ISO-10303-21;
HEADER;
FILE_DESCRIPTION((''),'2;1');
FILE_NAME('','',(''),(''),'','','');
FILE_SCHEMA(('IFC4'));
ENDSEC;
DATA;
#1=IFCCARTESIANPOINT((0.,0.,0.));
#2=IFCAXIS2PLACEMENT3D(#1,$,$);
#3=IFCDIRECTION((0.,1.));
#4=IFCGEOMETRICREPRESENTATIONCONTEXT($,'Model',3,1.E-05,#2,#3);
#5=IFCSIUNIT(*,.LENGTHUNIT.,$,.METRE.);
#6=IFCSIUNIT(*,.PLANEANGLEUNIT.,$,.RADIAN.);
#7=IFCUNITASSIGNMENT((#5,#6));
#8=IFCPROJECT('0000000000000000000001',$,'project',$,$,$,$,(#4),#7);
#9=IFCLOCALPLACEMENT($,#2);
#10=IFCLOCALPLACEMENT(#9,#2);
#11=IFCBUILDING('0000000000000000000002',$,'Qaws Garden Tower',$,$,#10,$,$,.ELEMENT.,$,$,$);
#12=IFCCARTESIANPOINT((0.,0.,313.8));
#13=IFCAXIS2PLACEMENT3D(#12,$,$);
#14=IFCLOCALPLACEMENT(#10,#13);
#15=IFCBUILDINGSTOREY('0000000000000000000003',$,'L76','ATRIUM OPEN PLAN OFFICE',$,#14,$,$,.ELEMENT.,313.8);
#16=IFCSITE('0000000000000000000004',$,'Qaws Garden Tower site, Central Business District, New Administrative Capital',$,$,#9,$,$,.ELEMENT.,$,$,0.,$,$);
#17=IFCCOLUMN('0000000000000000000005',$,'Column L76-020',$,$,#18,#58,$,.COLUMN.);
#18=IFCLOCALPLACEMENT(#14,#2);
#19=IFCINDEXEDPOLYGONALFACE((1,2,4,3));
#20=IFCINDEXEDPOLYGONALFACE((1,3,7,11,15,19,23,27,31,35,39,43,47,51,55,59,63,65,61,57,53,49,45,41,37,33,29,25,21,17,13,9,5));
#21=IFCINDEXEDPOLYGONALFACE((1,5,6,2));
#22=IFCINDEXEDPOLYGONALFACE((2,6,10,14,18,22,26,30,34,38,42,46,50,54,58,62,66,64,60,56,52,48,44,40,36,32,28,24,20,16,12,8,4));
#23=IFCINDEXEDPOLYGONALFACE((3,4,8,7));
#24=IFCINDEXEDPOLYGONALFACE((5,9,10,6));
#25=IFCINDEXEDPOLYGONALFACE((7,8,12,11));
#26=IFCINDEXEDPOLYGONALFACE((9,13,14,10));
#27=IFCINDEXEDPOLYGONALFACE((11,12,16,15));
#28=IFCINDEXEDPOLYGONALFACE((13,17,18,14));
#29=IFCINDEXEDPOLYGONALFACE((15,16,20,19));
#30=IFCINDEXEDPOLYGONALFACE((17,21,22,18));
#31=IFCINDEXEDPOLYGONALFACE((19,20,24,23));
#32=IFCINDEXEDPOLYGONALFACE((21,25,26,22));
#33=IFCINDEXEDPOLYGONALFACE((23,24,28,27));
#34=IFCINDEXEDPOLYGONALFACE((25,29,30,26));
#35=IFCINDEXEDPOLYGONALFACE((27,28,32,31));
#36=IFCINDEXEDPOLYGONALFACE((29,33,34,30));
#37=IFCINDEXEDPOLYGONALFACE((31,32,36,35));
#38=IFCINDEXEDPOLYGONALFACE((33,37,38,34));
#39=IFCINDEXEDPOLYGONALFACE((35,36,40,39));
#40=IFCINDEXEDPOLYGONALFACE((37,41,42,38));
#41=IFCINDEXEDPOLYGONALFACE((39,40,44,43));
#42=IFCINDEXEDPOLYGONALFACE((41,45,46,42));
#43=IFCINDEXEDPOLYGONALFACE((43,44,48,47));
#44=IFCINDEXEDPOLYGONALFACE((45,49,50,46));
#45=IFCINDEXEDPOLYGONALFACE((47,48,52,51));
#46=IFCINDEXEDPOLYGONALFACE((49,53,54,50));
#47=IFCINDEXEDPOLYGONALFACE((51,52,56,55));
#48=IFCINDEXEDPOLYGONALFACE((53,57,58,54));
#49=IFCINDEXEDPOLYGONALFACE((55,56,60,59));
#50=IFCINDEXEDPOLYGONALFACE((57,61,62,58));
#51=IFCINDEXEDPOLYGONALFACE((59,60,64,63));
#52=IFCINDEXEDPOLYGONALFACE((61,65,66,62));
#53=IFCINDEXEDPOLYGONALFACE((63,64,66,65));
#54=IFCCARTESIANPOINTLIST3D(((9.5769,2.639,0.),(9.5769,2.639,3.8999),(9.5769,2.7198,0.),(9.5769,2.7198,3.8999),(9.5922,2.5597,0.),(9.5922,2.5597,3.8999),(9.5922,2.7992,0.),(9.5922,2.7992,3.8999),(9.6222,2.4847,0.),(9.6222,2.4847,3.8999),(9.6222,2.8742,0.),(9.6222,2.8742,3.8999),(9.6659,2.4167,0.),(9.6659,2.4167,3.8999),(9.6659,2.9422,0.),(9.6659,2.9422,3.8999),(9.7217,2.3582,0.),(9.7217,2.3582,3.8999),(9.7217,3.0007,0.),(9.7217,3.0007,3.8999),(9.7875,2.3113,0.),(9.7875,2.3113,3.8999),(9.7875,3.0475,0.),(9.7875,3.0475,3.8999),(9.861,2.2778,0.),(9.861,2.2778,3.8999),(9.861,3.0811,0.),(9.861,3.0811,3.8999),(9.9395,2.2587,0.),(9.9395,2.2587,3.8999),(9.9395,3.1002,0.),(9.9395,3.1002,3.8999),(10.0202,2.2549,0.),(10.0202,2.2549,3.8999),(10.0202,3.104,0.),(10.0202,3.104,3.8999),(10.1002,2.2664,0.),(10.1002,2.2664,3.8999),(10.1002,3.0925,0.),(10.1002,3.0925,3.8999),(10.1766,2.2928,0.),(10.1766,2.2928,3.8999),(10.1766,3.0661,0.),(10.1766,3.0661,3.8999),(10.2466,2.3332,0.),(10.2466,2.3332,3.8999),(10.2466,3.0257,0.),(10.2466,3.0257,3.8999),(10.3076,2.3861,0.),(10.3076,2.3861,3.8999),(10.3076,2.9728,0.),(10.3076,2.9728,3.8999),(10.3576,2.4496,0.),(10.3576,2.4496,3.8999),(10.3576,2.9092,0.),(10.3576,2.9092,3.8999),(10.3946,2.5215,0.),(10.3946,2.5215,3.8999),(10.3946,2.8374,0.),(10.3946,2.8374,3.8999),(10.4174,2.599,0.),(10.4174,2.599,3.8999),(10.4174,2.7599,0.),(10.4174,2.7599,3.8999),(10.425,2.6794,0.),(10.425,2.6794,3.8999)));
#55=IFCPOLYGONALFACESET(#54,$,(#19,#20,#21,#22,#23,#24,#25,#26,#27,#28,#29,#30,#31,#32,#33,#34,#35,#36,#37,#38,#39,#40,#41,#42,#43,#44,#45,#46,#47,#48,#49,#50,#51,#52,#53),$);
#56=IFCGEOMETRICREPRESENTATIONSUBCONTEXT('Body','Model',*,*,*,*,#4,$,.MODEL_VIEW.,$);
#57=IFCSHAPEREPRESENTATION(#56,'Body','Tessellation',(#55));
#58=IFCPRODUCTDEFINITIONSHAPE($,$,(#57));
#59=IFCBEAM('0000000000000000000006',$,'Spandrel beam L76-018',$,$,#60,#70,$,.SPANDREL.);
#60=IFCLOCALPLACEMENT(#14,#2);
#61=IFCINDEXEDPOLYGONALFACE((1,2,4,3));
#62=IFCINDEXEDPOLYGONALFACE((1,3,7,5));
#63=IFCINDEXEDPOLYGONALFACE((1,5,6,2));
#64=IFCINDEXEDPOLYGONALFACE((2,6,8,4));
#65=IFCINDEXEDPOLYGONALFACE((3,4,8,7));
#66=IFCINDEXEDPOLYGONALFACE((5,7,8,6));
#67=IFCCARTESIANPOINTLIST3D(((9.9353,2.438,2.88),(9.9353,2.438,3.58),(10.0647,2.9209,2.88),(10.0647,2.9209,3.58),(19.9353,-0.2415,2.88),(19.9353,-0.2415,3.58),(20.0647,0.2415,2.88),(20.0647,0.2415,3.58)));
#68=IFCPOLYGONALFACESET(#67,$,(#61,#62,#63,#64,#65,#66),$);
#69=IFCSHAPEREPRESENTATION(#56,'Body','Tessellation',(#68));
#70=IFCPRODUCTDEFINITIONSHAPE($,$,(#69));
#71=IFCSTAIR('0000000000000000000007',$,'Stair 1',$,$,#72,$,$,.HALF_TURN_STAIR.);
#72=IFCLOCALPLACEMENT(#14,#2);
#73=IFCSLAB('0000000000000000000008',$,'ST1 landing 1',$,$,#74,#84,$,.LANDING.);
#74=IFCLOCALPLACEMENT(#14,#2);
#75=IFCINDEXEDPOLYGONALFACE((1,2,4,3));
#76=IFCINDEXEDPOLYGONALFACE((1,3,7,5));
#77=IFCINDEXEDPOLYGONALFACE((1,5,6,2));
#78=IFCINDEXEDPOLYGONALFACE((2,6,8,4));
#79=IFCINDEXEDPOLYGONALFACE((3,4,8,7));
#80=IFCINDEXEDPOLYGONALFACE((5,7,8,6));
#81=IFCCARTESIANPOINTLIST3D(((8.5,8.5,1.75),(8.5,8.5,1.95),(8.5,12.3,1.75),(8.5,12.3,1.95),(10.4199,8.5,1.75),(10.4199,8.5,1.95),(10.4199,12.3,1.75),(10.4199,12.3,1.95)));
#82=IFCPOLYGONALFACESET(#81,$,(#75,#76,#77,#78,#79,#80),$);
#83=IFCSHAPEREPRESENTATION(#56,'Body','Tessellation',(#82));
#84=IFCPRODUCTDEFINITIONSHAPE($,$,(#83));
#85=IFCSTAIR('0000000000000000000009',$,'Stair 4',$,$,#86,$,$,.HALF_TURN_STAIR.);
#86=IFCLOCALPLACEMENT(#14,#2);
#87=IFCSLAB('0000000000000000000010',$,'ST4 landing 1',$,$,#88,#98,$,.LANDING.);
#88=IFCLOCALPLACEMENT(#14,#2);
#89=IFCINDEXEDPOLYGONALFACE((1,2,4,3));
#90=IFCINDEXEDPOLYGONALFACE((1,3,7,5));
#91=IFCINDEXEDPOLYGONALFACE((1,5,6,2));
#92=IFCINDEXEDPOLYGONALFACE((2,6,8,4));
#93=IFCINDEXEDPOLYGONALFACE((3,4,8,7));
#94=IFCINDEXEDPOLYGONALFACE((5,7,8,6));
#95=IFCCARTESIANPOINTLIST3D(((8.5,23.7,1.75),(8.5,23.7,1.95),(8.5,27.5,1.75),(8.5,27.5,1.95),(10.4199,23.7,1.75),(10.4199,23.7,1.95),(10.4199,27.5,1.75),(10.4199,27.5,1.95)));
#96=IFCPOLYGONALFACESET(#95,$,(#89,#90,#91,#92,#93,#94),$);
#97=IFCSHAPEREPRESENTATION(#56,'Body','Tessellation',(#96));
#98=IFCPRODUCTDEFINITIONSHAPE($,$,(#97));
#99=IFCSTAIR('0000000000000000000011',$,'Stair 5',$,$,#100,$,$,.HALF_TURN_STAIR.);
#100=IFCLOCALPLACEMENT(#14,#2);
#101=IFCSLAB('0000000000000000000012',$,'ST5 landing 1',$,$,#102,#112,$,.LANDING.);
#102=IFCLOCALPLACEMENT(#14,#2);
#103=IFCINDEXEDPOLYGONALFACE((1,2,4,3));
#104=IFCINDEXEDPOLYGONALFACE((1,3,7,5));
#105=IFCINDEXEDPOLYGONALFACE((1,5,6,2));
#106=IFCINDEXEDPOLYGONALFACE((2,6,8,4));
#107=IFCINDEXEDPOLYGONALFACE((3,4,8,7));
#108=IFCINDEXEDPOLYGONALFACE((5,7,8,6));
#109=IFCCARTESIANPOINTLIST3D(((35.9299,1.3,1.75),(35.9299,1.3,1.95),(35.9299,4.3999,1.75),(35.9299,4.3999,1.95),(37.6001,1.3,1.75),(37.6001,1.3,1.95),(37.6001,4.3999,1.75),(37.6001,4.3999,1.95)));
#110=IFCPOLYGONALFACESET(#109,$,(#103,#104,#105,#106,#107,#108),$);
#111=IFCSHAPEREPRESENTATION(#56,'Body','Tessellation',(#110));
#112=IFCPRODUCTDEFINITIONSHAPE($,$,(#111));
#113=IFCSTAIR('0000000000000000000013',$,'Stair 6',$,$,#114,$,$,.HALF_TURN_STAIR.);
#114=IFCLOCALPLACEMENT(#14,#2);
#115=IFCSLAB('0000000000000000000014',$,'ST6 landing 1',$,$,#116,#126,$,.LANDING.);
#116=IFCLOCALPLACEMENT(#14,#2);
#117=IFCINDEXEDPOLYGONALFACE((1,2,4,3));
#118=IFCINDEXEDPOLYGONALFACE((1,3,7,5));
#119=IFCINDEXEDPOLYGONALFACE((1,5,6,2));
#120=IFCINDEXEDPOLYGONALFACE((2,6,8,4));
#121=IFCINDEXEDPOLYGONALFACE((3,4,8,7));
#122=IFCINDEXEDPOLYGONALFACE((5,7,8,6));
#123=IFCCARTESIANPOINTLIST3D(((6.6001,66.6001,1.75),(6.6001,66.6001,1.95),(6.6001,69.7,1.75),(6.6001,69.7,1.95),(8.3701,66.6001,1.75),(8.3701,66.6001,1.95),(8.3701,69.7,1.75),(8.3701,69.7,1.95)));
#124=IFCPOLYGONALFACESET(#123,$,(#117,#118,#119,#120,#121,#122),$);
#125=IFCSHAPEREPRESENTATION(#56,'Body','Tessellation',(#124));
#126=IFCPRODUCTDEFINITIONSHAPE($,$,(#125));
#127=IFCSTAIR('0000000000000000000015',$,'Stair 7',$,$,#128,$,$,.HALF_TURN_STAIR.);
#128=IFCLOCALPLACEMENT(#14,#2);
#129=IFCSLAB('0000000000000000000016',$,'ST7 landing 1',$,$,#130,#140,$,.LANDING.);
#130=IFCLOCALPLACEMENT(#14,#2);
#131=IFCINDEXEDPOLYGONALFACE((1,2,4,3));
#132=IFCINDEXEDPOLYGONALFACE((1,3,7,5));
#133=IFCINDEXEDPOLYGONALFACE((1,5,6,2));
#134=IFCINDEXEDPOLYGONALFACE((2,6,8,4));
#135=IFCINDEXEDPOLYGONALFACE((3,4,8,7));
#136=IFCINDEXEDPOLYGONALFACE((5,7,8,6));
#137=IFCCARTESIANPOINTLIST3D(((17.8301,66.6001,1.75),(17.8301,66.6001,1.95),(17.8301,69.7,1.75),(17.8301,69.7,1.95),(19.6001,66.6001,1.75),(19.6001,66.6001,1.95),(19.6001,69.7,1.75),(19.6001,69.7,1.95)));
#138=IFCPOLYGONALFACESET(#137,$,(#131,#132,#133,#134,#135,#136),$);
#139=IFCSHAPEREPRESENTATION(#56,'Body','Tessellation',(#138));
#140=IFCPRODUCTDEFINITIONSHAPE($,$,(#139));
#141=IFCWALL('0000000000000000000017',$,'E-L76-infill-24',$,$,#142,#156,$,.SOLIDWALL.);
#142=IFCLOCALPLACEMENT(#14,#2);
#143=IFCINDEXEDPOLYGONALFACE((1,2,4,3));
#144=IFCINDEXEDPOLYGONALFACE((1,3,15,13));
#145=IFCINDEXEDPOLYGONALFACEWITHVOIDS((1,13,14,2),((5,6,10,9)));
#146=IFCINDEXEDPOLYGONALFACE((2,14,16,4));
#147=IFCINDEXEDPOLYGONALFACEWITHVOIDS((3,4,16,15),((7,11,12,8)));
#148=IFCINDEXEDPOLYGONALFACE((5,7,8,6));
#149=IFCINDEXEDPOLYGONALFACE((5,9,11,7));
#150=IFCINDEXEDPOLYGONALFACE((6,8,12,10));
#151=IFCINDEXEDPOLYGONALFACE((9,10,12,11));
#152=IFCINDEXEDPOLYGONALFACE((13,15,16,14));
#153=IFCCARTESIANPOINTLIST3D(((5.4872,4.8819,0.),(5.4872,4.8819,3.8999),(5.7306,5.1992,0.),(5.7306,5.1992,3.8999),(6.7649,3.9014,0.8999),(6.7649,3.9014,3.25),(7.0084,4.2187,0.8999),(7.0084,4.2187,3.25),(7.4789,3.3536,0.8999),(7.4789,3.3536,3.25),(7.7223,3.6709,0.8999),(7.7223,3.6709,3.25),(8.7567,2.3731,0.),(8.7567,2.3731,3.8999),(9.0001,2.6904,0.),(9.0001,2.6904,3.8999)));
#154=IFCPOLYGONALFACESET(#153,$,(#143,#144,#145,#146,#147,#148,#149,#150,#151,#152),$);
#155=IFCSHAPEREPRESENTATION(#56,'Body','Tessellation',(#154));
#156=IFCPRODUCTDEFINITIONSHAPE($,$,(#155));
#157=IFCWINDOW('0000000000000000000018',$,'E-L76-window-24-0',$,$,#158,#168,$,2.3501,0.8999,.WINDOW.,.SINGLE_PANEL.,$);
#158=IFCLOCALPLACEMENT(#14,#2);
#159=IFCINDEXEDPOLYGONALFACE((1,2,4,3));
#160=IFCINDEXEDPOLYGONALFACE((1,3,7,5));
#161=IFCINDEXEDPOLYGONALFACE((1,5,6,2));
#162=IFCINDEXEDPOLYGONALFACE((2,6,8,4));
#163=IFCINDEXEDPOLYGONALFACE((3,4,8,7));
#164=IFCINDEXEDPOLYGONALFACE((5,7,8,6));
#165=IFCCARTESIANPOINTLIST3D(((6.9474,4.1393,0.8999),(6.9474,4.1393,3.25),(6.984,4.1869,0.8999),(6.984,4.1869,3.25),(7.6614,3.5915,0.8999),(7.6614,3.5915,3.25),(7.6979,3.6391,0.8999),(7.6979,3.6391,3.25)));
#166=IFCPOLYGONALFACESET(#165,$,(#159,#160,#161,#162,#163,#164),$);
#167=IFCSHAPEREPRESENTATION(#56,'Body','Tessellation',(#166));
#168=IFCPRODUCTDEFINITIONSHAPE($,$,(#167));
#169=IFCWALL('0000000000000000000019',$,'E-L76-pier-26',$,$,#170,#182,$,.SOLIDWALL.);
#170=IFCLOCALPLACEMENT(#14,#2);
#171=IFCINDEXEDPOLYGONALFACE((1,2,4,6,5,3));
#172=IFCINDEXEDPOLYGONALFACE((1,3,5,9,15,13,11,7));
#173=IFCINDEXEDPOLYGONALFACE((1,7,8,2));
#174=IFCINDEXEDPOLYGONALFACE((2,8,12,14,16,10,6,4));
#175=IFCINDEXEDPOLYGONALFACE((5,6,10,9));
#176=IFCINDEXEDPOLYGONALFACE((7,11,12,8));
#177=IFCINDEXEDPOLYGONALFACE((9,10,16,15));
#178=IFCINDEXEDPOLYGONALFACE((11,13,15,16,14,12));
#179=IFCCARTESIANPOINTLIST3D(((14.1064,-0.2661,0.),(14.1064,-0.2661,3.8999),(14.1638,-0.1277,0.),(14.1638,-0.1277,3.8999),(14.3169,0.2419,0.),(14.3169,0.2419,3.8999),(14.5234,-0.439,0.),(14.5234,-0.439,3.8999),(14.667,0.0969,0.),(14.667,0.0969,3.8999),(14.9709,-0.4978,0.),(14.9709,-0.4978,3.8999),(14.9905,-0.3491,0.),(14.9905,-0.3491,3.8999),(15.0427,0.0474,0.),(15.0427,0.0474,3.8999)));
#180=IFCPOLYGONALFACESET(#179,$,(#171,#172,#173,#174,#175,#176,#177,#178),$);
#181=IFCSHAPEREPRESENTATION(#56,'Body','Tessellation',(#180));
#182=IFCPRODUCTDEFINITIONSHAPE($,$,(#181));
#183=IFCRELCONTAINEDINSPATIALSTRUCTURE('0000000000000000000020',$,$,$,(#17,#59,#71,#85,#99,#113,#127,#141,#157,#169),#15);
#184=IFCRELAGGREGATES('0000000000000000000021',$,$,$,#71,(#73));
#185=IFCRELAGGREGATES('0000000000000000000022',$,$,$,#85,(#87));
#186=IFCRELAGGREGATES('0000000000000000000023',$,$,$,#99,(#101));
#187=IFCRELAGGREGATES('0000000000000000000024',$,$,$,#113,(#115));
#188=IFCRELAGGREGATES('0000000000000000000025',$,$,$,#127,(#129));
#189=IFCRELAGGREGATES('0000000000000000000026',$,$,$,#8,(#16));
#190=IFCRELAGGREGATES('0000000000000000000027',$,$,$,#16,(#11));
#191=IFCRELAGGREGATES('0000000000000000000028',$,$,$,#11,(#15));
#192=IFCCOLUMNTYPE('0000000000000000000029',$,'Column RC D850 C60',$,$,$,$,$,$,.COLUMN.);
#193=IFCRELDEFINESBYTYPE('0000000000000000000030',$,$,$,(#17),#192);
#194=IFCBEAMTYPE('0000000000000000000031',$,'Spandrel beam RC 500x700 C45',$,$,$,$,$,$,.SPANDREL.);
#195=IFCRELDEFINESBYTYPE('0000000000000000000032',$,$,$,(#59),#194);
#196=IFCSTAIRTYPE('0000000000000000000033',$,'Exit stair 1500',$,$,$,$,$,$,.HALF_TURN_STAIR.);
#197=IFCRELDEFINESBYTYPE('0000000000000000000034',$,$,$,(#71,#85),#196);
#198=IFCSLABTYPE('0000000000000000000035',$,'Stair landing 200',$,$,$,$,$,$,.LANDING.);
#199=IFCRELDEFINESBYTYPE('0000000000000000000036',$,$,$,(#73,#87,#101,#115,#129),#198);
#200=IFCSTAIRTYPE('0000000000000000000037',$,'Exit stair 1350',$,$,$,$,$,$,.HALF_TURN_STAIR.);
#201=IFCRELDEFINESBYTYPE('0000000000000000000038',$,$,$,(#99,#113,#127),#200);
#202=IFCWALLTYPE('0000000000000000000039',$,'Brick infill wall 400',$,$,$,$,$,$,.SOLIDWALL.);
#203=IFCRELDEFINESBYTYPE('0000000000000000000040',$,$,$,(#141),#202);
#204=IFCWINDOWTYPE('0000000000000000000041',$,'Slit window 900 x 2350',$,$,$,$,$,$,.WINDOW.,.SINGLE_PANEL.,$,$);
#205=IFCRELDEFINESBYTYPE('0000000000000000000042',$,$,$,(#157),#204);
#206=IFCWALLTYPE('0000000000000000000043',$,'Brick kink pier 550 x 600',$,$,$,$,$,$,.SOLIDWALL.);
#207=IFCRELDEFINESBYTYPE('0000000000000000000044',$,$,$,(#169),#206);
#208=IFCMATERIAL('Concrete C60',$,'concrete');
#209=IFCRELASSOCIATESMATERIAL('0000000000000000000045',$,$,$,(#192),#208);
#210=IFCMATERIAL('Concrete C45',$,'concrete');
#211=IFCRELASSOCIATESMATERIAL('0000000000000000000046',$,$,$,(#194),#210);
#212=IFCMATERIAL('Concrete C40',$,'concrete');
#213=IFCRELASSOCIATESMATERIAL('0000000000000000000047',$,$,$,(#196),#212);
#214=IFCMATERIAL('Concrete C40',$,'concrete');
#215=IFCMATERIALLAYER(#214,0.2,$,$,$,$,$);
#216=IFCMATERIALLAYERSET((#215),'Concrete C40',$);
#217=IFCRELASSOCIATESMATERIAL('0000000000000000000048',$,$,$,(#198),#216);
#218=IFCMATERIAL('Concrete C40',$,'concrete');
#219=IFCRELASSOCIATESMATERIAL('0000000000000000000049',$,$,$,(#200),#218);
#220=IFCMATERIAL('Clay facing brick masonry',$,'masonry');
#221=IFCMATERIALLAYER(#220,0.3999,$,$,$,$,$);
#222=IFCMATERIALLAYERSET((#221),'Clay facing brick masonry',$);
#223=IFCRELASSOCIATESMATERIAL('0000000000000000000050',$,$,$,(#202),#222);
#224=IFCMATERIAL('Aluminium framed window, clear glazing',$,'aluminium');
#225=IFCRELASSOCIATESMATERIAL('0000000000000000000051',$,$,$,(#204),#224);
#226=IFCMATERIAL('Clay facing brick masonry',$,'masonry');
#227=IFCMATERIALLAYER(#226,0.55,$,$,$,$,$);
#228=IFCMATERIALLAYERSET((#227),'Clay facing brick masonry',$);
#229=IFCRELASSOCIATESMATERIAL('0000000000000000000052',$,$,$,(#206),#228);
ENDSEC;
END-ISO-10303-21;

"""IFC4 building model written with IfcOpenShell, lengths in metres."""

from ifc_helpers import new_model, si_unit, direction, frame, frame_2d, origin, origin_2d, place, context, subcontext, project, spatial, polyline, rectangle, circle, outline, extrude, material, layer, layer_set, material_profile, profile_set, type_object, element, fill, aggregate, save


model = new_model("IFC4")

# Units and contexts
model_context = context("Model", 3, precision=1e-05, world=origin(), true_north=direction((0.0, 1.0)))
body_context = subcontext(model_context, "Body", "Model", "MODEL_VIEW")
ifc_project = project(units=[si_unit("LENGTHUNIT", "METRE"), si_unit("PLANEANGLEUNIT", "RADIAN")], contexts=[model_context])

# Site, building, storey
site_placement = place(None, origin())
site = spatial("IfcSite", under=ifc_project, at=site_placement, Name="Qaws Garden Tower site, Central Business District, New Administrative Capital", CompositionType="ELEMENT", RefElevation=0.0)
building_placement = place(site_placement, origin())
building = spatial("IfcBuilding", under=site, at=building_placement, Name="Qaws Garden Tower", CompositionType="ELEMENT")
storey_placement = place(building_placement, frame((0.0, 0.0, 313.8)))
storey = spatial("IfcBuildingStorey", under=building, at=storey_placement, Name="L76", Description="ATRIUM OPEN PLAN OFFICE", CompositionType="ELEMENT", Elevation=313.8)

# Column
ifc_material_1 = material(Name="Concrete C60", Category="concrete")
ifc_material_profile_1 = material_profile(ifc_material_1, circle(Radius=0.425, at=origin_2d()), Name="RC D850")
ifc_profile_set_1 = profile_set([ifc_material_profile_1], Name="Concrete C60")
column_type = type_object("IfcColumnType", Name="Column RC D850 C60", PredefinedType="COLUMN", material=ifc_profile_set_1)
column_placement = place(storey_placement, frame((10.0, 2.6794, 0.0), z_axis=(0.0, 0.0, 1.0), x_axis=(1.0, 0.0, 0.0)))
element("IfcColumn", 1, at=column_placement, inside=storey, type_object=column_type, Name="Column L76-020", PredefinedType="COLUMN", context=body_context, shape_type="SweptSolid", body=[
    extrude(circle(Radius=0.425, at=origin_2d()), origin(), (0.0, 0.0, 1.0), 3.8999),
])

# Beam
ifc_material_2 = material(Name="Concrete C45", Category="concrete")
ifc_material_profile_2 = material_profile(ifc_material_2, rectangle(XDim=0.5, YDim=0.7, at=origin_2d()), Name="RC 500x700")
ifc_profile_set_2 = profile_set([ifc_material_profile_2], Name="Concrete C45")
beam_type = type_object("IfcBeamType", Name="Spandrel beam RC 500x700 C45", PredefinedType="SPANDREL", material=ifc_profile_set_2)
beam_placement = place(storey_placement, frame((10.0, 2.6794, 3.23), z_axis=(0.965927, -0.258815, 0.0), x_axis=(0.258815, 0.965927, 0.0)))
element("IfcBeam", 2, at=beam_placement, inside=storey, type_object=beam_type, Name="Spandrel beam L76-018", PredefinedType="SPANDREL", context=body_context, shape_type="SweptSolid", body=[
    extrude(rectangle(XDim=0.5, YDim=0.7, at=origin_2d()), origin(), (0.0, 0.0, 1.0), 10.3528),
])

# Stairs, slabs
ifc_material_3 = material(Name="Concrete C40", Category="concrete")
stair_type_1 = type_object("IfcStairType", Name="Exit stair 1500", PredefinedType="HALF_TURN_STAIR", material=ifc_material_3)
placement_1 = place(storey_placement, origin())
stair_1 = element("IfcStair", 3, at=placement_1, inside=storey, type_object=stair_type_1, Name="Stair 1", PredefinedType="HALF_TURN_STAIR")
ifc_material_4 = material(Name="Concrete C40", Category="concrete")
ifc_layer_1 = layer(ifc_material_4, 0.2)
ifc_layer_set_1 = layer_set([ifc_layer_1], Name="Concrete C40")
slab_type = type_object("IfcSlabType", Name="Stair landing 200", PredefinedType="LANDING", material=ifc_layer_set_1)
placement_2 = place(storey_placement, frame((0.0, 0.0, 1.75)))
slab_1 = element("IfcSlab", 4, at=placement_2, type_object=slab_type, Name="ST1 landing 1", PredefinedType="LANDING", context=body_context, shape_type="SweptSolid", body=[
    extrude(outline(polyline([(8.5, 8.5), (10.4199, 8.5), (10.4199, 12.3), (8.5, 12.3), (8.5, 8.5)])), origin(), (0.0, 0.0, 1.0), 0.2),
])
aggregate(stair_1, [slab_1])
stair_2 = element("IfcStair", 5, at=placement_1, inside=storey, type_object=stair_type_1, Name="Stair 4", PredefinedType="HALF_TURN_STAIR")
slab_2 = element("IfcSlab", 6, at=placement_2, type_object=slab_type, Name="ST4 landing 1", PredefinedType="LANDING", context=body_context, shape_type="SweptSolid", body=[
    extrude(outline(polyline([(8.5, 23.7), (10.4199, 23.7), (10.4199, 27.5), (8.5, 27.5), (8.5, 23.7)])), origin(), (0.0, 0.0, 1.0), 0.2),
])
aggregate(stair_2, [slab_2])
ifc_material_5 = material(Name="Concrete C40", Category="concrete")
stair_type_2 = type_object("IfcStairType", Name="Exit stair 1350", PredefinedType="HALF_TURN_STAIR", material=ifc_material_5)
stair_3 = element("IfcStair", 7, at=placement_1, inside=storey, type_object=stair_type_2, Name="Stair 5", PredefinedType="HALF_TURN_STAIR")
slab_3 = element("IfcSlab", 8, at=placement_2, type_object=slab_type, Name="ST5 landing 1", PredefinedType="LANDING", context=body_context, shape_type="SweptSolid", body=[
    extrude(outline(polyline([(35.9299, 1.3), (37.6001, 1.3), (37.6001, 4.3999), (35.9299, 4.3999), (35.9299, 1.3)])), origin(), (0.0, 0.0, 1.0), 0.2),
])
aggregate(stair_3, [slab_3])
stair_4 = element("IfcStair", 9, at=placement_1, inside=storey, type_object=stair_type_2, Name="Stair 6", PredefinedType="HALF_TURN_STAIR")
slab_4 = element("IfcSlab", 10, at=placement_2, type_object=slab_type, Name="ST6 landing 1", PredefinedType="LANDING", context=body_context, shape_type="SweptSolid", body=[
    extrude(outline(polyline([(6.6001, 66.6001), (8.3701, 66.6001), (8.3701, 69.7), (6.6001, 69.7), (6.6001, 66.6001)])), origin(), (0.0, 0.0, 1.0), 0.2),
])
aggregate(stair_4, [slab_4])
stair_5 = element("IfcStair", 11, at=placement_1, inside=storey, type_object=stair_type_2, Name="Stair 7", PredefinedType="HALF_TURN_STAIR")
slab_5 = element("IfcSlab", 12, at=placement_2, type_object=slab_type, Name="ST7 landing 1", PredefinedType="LANDING", context=body_context, shape_type="SweptSolid", body=[
    extrude(outline(polyline([(17.8301, 66.6001), (19.6001, 66.6001), (19.6001, 69.7), (17.8301, 69.7), (17.8301, 66.6001)])), origin(), (0.0, 0.0, 1.0), 0.2),
])
aggregate(stair_5, [slab_5])

# Wall, opening, window
ifc_material_6 = material(Name="Clay facing brick masonry", Category="masonry")
ifc_layer_2 = layer(ifc_material_6, 0.3999)
ifc_layer_set_2 = layer_set([ifc_layer_2], Name="Clay facing brick masonry")
wall_type_1 = type_object("IfcWallType", Name="Brick infill wall 400", PredefinedType="SOLIDWALL", material=ifc_layer_set_2)
wall_1_placement = place(storey_placement, frame((5.6089, 5.0405, 0.0), z_axis=(0.0, 0.0, 1.0), x_axis=(0.793355, -0.60876, 0.0)))
wall_1 = element("IfcWall", 13, at=wall_1_placement, inside=storey, type_object=wall_type_1, Name="E-L76-infill-24", PredefinedType="SOLIDWALL", context=body_context, shape_type="SweptSolid", body=[
    extrude(rectangle(XDim=4.1211, YDim=0.3999, at=frame_2d((2.0605, 0.0))), origin(), (0.0, 0.0, 1.0), 3.8999),
])
opening_1_placement = place(wall_1_placement, frame((1.6106, 0.0, 0.8999)))
opening_1 = element("IfcOpeningElement", 14, at=opening_1_placement, cuts=wall_1, PredefinedType="OPENING", context=body_context, shape_type="SweptSolid", body=[
    extrude(rectangle(XDim=0.8999, YDim=2.3501, at=frame_2d((0.45, 1.175))), frame((0.0, 0.21, 0.0), z_axis=(0.0, -1.0, 0.0), x_axis=(1.0, 0.0, 0.0)), (0.0, 0.0, 1.0), 0.4199),
])
ifc_material_7 = material(Name="Aluminium framed window, clear glazing", Category="aluminium")
window_type = type_object("IfcWindowType", Name="Slit window 900 x 2350", PartitioningType="SINGLE_PANEL", PredefinedType="WINDOW", material=ifc_material_7)
window_placement = place(opening_1_placement, origin())
window = element("IfcWindow", 15, at=window_placement, inside=storey, type_object=window_type, Name="E-L76-window-24-0", OverallHeight=2.3501, OverallWidth=0.8999, PartitioningType="SINGLE_PANEL", PredefinedType="WINDOW", context=body_context, shape_type="SweptSolid", body=[
    extrude(rectangle(XDim=0.8999, YDim=2.3501, at=frame_2d((0.45, 1.175))), frame((0.0, 0.1599, 0.0), z_axis=(0.0, -1.0, 0.0), x_axis=(1.0, 0.0, 0.0)), (0.0, 0.0, 1.0), 0.0601),
])
fill(opening_1, window)

# Wall
ifc_material_8 = material(Name="Clay facing brick masonry", Category="masonry")
ifc_layer_3 = layer(ifc_material_8, 0.55)
ifc_layer_set_3 = layer_set([ifc_layer_3], Name="Clay facing brick masonry")
wall_type_2 = type_object("IfcWallType", Name="Brick kink pier 550 x 600", PredefinedType="SOLIDWALL", material=ifc_layer_set_3)
element("IfcWall", 16, at=placement_1, inside=storey, type_object=wall_type_2, Name="E-L76-pier-26", PredefinedType="SOLIDWALL", context=body_context, shape_type="SweptSolid", body=[
    extrude(outline(polyline([(14.1638, -0.1277), (14.1064, -0.2661), (14.5234, -0.439), (14.9709, -0.4978), (14.9905, -0.3491), (15.0427, 0.0474), (14.667, 0.0969), (14.3169, 0.2419), (14.1638, -0.1277)])), origin(), (0.0, 0.0, 1.0), 3.8999),
])

save(model, "model.ifc")
